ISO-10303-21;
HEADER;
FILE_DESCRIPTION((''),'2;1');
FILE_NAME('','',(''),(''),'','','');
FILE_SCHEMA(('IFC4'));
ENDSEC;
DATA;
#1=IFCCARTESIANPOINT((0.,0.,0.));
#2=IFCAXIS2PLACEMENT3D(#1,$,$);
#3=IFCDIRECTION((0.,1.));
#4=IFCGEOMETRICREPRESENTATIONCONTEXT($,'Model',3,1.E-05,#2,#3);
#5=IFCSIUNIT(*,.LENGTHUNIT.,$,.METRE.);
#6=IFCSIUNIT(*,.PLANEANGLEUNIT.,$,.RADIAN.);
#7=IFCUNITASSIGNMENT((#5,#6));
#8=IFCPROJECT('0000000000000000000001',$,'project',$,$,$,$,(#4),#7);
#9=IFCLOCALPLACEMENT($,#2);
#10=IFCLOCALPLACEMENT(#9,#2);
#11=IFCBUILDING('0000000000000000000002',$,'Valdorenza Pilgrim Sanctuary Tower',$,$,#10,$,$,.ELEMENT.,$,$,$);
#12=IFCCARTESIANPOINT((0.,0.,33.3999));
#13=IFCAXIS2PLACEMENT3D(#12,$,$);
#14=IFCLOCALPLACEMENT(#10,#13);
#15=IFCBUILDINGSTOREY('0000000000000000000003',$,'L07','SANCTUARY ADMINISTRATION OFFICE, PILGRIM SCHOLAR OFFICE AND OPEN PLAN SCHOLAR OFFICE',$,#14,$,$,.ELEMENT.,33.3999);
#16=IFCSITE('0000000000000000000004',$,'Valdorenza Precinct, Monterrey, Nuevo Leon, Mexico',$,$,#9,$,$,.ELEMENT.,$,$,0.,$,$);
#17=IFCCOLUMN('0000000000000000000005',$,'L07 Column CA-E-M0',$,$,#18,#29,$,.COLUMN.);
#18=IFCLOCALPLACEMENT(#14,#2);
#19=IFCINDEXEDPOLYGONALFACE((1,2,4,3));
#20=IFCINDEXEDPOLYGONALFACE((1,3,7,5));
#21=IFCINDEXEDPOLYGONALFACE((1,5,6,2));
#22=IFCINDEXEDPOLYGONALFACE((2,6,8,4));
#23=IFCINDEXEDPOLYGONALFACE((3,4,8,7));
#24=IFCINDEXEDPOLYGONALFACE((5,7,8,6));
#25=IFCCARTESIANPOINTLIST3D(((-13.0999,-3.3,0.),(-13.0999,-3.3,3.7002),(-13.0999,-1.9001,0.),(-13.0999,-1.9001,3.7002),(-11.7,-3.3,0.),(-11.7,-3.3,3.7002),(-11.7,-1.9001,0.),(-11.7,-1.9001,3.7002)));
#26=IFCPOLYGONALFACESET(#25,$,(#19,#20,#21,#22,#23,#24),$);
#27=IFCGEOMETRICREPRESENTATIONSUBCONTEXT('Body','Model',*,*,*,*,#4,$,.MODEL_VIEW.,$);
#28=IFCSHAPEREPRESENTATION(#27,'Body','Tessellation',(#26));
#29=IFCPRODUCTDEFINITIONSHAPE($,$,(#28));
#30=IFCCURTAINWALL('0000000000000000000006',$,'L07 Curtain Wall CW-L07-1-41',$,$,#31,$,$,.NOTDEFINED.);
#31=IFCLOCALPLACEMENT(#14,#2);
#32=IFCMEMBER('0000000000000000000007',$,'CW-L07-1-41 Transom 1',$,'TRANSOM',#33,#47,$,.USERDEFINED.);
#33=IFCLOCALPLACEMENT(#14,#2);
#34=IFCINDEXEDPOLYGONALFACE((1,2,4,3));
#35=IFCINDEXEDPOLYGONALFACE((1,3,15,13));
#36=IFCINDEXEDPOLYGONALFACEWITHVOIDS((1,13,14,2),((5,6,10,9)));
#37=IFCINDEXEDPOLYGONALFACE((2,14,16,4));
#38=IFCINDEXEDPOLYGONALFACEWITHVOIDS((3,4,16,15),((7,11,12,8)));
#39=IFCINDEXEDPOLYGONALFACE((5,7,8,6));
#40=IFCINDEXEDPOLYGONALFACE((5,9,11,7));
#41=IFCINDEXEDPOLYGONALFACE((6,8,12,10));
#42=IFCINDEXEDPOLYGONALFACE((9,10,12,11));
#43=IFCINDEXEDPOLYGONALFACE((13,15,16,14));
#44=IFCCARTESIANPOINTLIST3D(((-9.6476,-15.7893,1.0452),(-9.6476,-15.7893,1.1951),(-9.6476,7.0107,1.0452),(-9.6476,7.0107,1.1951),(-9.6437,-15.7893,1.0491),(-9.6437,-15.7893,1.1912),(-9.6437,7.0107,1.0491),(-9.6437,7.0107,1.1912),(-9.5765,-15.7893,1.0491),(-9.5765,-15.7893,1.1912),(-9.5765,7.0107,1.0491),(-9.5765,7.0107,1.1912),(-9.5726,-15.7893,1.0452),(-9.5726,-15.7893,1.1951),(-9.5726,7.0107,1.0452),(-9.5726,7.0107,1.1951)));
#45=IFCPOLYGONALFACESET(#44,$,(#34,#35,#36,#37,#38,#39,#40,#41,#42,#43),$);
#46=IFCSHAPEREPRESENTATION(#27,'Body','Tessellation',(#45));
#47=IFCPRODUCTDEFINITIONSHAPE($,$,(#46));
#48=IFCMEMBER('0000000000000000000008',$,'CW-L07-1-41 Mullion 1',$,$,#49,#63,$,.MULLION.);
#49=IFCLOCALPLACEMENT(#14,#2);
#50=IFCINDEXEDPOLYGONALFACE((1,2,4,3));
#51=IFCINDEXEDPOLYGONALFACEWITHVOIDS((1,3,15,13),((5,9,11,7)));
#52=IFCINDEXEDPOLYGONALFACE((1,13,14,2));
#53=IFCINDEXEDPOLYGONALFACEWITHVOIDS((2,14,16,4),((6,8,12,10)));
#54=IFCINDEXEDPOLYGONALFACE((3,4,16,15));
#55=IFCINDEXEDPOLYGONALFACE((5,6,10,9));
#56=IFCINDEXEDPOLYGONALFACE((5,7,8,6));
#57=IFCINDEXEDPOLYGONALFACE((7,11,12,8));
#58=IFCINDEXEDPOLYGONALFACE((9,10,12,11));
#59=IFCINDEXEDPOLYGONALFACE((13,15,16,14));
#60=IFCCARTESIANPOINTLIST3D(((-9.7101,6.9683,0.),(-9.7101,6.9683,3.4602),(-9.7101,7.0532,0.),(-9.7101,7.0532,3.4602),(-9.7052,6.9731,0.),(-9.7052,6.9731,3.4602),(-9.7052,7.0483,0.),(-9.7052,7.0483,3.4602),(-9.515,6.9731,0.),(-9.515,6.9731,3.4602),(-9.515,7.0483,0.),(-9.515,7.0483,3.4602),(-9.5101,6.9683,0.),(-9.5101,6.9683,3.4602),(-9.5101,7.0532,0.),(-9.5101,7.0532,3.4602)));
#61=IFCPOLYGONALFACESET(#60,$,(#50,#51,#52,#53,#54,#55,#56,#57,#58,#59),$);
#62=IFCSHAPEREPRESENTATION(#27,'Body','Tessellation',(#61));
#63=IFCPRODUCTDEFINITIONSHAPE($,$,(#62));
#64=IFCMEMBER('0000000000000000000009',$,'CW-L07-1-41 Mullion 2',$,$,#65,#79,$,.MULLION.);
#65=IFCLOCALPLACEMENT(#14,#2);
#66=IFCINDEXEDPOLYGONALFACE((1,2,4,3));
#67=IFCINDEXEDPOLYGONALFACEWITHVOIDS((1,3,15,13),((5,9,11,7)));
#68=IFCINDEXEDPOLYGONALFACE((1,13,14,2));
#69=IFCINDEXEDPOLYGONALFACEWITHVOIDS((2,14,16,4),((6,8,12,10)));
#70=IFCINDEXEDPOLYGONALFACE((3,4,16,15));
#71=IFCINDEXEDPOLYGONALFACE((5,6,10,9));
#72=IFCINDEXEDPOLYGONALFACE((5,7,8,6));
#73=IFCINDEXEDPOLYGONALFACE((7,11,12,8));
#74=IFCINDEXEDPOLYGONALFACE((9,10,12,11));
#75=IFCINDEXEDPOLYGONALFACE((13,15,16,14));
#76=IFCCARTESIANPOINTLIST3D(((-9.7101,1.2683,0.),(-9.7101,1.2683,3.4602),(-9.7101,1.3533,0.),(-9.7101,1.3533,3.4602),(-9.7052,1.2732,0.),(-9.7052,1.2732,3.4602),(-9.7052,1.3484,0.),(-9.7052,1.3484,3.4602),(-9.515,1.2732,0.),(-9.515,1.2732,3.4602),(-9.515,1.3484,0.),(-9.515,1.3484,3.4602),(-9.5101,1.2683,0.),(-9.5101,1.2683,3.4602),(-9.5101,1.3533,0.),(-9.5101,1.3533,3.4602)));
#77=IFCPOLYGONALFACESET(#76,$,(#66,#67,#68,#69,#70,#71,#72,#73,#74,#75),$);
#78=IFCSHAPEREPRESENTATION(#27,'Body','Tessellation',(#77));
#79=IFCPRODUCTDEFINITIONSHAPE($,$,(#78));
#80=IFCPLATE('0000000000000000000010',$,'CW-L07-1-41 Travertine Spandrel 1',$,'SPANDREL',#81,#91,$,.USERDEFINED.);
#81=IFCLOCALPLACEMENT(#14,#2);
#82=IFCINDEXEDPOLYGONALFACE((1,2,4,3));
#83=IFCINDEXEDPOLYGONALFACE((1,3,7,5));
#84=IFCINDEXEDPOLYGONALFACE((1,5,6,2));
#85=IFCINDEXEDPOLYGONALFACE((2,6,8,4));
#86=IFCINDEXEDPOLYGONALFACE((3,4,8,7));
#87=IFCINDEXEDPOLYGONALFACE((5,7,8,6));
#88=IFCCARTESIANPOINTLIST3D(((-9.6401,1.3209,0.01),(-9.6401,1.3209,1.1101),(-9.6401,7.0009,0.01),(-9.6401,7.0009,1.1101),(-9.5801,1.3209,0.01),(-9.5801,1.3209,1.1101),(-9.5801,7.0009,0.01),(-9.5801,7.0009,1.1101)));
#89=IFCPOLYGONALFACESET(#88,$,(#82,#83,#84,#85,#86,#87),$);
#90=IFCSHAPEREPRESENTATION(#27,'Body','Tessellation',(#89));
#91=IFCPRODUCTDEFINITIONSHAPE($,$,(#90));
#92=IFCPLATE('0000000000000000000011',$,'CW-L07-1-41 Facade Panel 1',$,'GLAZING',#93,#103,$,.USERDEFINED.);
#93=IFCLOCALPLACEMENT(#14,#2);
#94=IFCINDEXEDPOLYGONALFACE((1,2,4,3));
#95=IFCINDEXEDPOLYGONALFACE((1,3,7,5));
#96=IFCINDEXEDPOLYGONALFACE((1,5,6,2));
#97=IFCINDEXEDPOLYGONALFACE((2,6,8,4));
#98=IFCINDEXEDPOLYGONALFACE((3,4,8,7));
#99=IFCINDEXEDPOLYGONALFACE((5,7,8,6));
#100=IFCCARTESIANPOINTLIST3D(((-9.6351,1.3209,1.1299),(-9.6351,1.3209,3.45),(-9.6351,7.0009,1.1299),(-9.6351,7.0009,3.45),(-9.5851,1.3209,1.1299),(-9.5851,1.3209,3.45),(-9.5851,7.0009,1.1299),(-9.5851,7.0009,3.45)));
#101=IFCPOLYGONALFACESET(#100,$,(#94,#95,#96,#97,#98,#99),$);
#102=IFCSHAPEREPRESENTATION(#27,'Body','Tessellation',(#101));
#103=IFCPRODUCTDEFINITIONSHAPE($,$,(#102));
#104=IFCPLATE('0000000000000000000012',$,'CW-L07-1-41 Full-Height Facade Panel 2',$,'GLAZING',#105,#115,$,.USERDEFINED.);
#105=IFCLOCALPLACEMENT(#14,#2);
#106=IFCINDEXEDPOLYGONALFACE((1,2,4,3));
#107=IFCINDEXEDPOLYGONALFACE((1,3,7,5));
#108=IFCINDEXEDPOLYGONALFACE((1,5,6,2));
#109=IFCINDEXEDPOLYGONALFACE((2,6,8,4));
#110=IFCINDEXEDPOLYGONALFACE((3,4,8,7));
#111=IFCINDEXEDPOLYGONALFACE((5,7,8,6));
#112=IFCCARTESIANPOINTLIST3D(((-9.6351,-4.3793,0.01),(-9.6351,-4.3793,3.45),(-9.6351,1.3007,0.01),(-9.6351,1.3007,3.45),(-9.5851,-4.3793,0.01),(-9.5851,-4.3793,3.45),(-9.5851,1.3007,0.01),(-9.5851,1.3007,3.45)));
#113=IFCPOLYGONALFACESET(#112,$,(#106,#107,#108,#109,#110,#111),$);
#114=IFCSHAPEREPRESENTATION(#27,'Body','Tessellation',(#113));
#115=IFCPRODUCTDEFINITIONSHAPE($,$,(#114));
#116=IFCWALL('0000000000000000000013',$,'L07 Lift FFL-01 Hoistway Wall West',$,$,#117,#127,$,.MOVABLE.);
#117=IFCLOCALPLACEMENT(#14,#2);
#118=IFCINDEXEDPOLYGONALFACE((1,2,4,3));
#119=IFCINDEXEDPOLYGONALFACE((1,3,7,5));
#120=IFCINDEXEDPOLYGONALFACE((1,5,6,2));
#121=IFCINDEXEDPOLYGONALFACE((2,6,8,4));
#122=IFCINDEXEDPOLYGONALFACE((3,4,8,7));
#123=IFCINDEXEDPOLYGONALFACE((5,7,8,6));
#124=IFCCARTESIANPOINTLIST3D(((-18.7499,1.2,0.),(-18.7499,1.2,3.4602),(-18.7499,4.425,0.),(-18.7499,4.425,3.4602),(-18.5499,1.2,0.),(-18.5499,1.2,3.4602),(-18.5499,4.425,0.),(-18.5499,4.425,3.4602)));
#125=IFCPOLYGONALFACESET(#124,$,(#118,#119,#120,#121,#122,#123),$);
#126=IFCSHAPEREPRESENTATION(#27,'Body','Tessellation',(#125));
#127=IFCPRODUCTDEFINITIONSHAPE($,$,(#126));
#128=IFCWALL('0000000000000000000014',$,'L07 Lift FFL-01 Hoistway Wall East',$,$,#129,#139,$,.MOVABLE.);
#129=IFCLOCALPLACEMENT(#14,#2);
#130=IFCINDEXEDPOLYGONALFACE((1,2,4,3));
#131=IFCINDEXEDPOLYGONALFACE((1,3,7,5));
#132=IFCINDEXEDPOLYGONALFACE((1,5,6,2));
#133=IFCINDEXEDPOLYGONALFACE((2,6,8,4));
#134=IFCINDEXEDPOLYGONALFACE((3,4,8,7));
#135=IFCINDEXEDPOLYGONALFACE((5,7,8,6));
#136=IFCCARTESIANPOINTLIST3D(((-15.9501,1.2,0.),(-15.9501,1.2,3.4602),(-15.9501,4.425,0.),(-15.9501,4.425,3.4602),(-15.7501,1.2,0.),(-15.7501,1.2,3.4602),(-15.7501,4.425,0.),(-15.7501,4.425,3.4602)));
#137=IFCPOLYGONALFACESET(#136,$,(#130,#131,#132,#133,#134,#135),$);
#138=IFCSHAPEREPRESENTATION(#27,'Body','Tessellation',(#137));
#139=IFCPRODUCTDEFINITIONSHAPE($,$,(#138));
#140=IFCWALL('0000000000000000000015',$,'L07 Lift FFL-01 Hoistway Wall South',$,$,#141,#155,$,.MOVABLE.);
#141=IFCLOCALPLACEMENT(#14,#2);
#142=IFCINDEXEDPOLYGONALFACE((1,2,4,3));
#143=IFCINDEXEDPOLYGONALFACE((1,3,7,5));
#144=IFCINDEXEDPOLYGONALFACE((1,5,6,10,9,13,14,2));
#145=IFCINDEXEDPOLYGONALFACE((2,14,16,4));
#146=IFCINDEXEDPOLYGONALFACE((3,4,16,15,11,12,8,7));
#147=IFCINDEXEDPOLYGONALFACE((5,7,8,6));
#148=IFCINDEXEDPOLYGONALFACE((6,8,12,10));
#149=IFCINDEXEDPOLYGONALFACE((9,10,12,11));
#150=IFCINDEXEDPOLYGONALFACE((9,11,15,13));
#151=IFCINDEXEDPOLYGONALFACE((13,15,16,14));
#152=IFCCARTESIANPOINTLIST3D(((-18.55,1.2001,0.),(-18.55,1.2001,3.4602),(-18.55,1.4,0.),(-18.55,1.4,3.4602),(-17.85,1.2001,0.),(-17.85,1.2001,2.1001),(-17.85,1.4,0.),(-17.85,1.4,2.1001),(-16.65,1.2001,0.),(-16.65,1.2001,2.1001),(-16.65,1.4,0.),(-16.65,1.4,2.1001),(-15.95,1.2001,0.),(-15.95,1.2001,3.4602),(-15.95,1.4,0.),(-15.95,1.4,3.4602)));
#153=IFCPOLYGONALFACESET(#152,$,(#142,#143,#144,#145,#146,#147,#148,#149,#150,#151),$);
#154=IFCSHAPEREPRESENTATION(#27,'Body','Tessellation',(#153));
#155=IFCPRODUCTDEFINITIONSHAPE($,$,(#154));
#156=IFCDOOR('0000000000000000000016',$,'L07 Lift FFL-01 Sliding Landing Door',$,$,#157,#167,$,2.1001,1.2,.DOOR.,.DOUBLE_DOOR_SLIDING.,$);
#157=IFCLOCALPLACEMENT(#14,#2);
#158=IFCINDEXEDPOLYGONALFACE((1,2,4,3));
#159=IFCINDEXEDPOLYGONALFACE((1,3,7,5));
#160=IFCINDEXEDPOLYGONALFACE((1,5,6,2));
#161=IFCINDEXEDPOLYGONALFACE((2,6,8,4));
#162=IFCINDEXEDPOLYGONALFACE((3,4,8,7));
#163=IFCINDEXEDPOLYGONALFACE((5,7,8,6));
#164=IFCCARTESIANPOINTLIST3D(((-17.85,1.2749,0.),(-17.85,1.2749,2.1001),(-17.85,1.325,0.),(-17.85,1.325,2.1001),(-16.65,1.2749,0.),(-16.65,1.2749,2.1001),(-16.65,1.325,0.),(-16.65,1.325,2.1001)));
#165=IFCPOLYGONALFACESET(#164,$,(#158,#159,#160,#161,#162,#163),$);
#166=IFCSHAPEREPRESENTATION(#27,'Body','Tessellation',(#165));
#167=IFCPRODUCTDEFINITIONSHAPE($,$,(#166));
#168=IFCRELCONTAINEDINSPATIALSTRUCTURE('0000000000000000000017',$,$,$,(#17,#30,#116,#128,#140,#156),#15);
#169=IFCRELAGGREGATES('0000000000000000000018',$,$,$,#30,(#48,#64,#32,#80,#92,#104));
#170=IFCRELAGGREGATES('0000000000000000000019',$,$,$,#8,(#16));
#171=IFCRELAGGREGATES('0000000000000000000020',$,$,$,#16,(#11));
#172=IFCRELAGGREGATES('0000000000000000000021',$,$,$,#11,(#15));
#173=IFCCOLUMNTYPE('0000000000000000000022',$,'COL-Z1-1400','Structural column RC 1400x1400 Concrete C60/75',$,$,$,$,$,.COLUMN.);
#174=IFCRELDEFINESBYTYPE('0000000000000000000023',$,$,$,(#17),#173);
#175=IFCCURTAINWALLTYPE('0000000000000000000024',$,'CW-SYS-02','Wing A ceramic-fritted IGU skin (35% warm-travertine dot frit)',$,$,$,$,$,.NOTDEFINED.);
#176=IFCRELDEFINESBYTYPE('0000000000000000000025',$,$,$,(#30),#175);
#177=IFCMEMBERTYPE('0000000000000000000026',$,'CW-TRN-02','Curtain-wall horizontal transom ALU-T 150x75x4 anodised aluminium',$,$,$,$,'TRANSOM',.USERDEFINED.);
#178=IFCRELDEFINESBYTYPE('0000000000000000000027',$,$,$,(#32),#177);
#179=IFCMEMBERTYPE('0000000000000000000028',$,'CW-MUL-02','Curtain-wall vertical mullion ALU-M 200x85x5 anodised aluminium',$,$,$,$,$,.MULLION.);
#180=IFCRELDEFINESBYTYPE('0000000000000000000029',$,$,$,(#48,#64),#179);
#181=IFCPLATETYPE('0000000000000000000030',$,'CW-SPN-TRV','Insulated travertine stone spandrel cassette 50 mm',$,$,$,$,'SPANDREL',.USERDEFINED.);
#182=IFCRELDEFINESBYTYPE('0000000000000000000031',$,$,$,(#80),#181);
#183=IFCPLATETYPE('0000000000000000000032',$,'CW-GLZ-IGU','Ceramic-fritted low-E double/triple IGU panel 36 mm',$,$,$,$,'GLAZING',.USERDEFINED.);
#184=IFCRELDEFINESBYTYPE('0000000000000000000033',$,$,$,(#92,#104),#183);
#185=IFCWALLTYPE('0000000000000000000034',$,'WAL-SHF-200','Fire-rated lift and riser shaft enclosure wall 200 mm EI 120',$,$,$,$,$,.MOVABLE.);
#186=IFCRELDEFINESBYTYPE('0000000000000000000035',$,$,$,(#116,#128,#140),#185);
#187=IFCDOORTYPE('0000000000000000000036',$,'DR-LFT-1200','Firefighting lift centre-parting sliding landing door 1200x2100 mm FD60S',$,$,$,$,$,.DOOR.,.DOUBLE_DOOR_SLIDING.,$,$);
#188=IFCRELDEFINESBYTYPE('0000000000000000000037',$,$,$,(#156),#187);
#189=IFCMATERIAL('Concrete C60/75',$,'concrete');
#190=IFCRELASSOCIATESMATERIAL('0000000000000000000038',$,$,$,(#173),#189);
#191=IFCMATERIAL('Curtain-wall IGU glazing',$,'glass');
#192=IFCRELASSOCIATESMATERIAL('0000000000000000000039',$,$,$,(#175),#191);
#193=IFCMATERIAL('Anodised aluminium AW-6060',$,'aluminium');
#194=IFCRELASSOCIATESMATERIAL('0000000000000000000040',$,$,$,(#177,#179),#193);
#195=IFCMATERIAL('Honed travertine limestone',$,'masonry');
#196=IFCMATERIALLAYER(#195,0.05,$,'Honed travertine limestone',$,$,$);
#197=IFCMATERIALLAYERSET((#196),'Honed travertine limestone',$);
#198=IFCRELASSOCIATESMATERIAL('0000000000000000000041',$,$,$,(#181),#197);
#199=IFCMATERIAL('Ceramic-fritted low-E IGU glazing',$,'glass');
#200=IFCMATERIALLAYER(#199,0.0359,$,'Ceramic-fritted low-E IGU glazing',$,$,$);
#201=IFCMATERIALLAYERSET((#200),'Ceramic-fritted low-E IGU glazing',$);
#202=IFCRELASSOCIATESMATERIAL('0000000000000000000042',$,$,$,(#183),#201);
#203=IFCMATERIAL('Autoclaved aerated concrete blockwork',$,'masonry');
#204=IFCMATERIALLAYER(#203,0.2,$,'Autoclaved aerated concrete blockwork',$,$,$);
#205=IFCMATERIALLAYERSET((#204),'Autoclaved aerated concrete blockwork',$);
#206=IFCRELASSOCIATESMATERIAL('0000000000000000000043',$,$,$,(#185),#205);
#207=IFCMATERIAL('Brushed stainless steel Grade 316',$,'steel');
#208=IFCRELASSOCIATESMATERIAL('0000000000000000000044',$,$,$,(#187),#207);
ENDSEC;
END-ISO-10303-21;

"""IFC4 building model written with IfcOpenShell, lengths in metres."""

from ifc_helpers import new_model, si_unit, direction, frame, frame_2d, origin, origin_2d, place, context, subcontext, project, spatial, rectangle, hollow_rectangle, extrude, source, transform, mapped, material, layer, layer_set, material_profile, profile_set, type_object, element, fill, aggregate, save


model = new_model("IFC4")

# Units and contexts
model_context = context("Model", 3, precision=1e-05, world=origin(), true_north=direction((0.0, 1.0)))
body_context = subcontext(model_context, "Body", "Model", "MODEL_VIEW")
ifc_project = project(units=[si_unit("LENGTHUNIT", "METRE"), si_unit("PLANEANGLEUNIT", "RADIAN")], contexts=[model_context])

# Site, building, storey
site_placement = place(None, origin())
site = spatial("IfcSite", under=ifc_project, at=site_placement, Name="Valdorenza Precinct, Monterrey, Nuevo Leon, Mexico", CompositionType="ELEMENT", RefElevation=0.0)
building_placement = place(site_placement, origin())
building = spatial("IfcBuilding", under=site, at=building_placement, Name="Valdorenza Pilgrim Sanctuary Tower", CompositionType="ELEMENT")
storey_placement = place(building_placement, frame((0.0, 0.0, 33.3999)))
storey = spatial("IfcBuildingStorey", under=building, at=storey_placement, Name="L07", Description="SANCTUARY ADMINISTRATION OFFICE, PILGRIM SCHOLAR OFFICE AND OPEN PLAN SCHOLAR OFFICE", CompositionType="ELEMENT", Elevation=33.3999)

# Column
ifc_material_1 = material(Name="Concrete C60/75", Category="concrete")
ifc_material_profile_1 = material_profile(ifc_material_1, rectangle(XDim=1.3999, YDim=1.3999, at=origin_2d()), Name="RC 1400x1400")
ifc_profile_set_1 = profile_set([ifc_material_profile_1], Name="Concrete C60/75")
column_type = type_object("IfcColumnType", Name="COL-Z1-1400", Description="Structural column RC 1400x1400 Concrete C60/75", PredefinedType="COLUMN", material=ifc_profile_set_1)
shared_shape_1 = source(origin(), body_context, "Body", "SweptSolid", [
    extrude(rectangle(XDim=1.3999, YDim=1.3999, at=origin_2d()), origin(), (0.0, 0.0, 1.0), 3.7002),
])
column_placement = place(storey_placement, frame((-12.3999, -2.6001, 0.0), z_axis=(0.0, 0.0, 1.0), x_axis=(1.0, 0.0, 0.0)))
element("IfcColumn", 1, at=column_placement, inside=storey, type_object=column_type, Name="L07 Column CA-E-M0", PredefinedType="COLUMN", context=body_context, shape_type="MappedRepresentation", body=[
    mapped(shared_shape_1, transform((0.0, 0.0, 0.0), x_axis=(1.0, 0.0, 0.0), y_axis=(0.0, 1.0, 0.0), z_axis=(0.0, 0.0, 1.0), scale=1.0)),
])

# Curtain wall, members, plates
ifc_material_2 = material(Name="Curtain-wall IGU glazing", Category="glass")
curtain_wall_type = type_object("IfcCurtainWallType", Name="CW-SYS-02", Description="Wing A ceramic-fritted IGU skin (35% warm-travertine dot frit)", PredefinedType="NOTDEFINED", material=ifc_material_2)
curtain_wall_placement = place(storey_placement, origin())
curtain_wall = element("IfcCurtainWall", 2, at=curtain_wall_placement, inside=storey, type_object=curtain_wall_type, Name="L07 Curtain Wall CW-L07-1-41", PredefinedType="NOTDEFINED")
ifc_material_3 = material(Name="Anodised aluminium AW-6060", Category="aluminium")
ifc_material_profile_2 = material_profile(ifc_material_3, hollow_rectangle(XDim=0.075, YDim=0.1499, WallThickness=0.0039, at=origin_2d()), Name="ALU-T 150x75x4")
ifc_profile_set_2 = profile_set([ifc_material_profile_2], Name="Anodised aluminium AW-6060")
member_type_1 = type_object("IfcMemberType", Name="CW-TRN-02", Description="Curtain-wall horizontal transom ALU-T 150x75x4 anodised aluminium", ElementType="TRANSOM", PredefinedType="USERDEFINED", material=ifc_profile_set_2)
shared_shape_2 = source(origin(), body_context, "Body", "SweptSolid", [
    extrude(hollow_rectangle(XDim=0.075, YDim=0.1499, WallThickness=0.0039, at=origin_2d()), origin(), (0.0, 0.0, 1.0), 22.8),
])
member_1_placement = place(storey_placement, frame((-9.6101, 7.0107, 1.1201), z_axis=(0.0, -1.0, 0.0), x_axis=(1.0, 0.0, 0.0)))
member_1 = element("IfcMember", 3, at=member_1_placement, type_object=member_type_1, Name="CW-L07-1-41 Transom 1", ObjectType="TRANSOM", PredefinedType="USERDEFINED", context=body_context, shape_type="MappedRepresentation", body=[
    mapped(shared_shape_2, transform((0.0, 0.0, 0.0), x_axis=(1.0, 0.0, 0.0), y_axis=(0.0, 1.0, 0.0), z_axis=(0.0, 0.0, 1.0), scale=1.0)),
])
ifc_material_profile_3 = material_profile(ifc_material_3, hollow_rectangle(XDim=0.085, YDim=0.2, WallThickness=0.0049, at=origin_2d()), Name="ALU-M 200x85x5")
ifc_profile_set_3 = profile_set([ifc_material_profile_3], Name="Anodised aluminium AW-6060")
member_type_2 = type_object("IfcMemberType", Name="CW-MUL-02", Description="Curtain-wall vertical mullion ALU-M 200x85x5 anodised aluminium", PredefinedType="MULLION", material=ifc_profile_set_3)
shared_shape_3 = source(origin(), body_context, "Body", "SweptSolid", [
    extrude(hollow_rectangle(XDim=0.085, YDim=0.2, WallThickness=0.0049, at=origin_2d()), origin(), (0.0, 0.0, 1.0), 3.4602),
])
member_2_placement = place(storey_placement, frame((-9.6101, 7.0107, 0.0), z_axis=(0.0, 0.0, 1.0), x_axis=(0.0, -1.0, 0.0)))
member_2 = element("IfcMember", 4, at=member_2_placement, type_object=member_type_2, Name="CW-L07-1-41 Mullion 1", PredefinedType="MULLION", context=body_context, shape_type="MappedRepresentation", body=[
    mapped(shared_shape_3, transform((0.0, 0.0, 0.0), x_axis=(1.0, 0.0, 0.0), y_axis=(0.0, 1.0, 0.0), z_axis=(0.0, 0.0, 1.0), scale=1.0)),
])
member_3_placement = place(storey_placement, frame((-9.6101, 1.3108, 0.0), z_axis=(0.0, 0.0, 1.0), x_axis=(0.0, -1.0, 0.0)))
member_3 = element("IfcMember", 5, at=member_3_placement, type_object=member_type_2, Name="CW-L07-1-41 Mullion 2", PredefinedType="MULLION", context=body_context, shape_type="MappedRepresentation", body=[
    mapped(shared_shape_3, transform((0.0, 0.0, 0.0), x_axis=(1.0, 0.0, 0.0), y_axis=(0.0, 1.0, 0.0), z_axis=(0.0, 0.0, 1.0), scale=1.0)),
])
ifc_material_4 = material(Name="Honed travertine limestone", Category="masonry")
ifc_layer_1 = layer(ifc_material_4, 0.05, Name="Honed travertine limestone")
ifc_layer_set_1 = layer_set([ifc_layer_1], Name="Honed travertine limestone")
plate_type_1 = type_object("IfcPlateType", Name="CW-SPN-TRV", Description="Insulated travertine stone spandrel cassette 50 mm", ElementType="SPANDREL", PredefinedType="USERDEFINED", material=ifc_layer_set_1)
shared_shape_4 = source(origin(), body_context, "Body", "SweptSolid", [
    extrude(rectangle(XDim=5.6799, YDim=0.0601, at=origin_2d()), origin(), (0.0, 0.0, 1.0), 1.1001),
])
plate_1_placement = place(storey_placement, frame((-9.6101, 4.1609, 0.01), z_axis=(0.0, 0.0, 1.0), x_axis=(0.0, -1.0, 0.0)))
plate_1 = element("IfcPlate", 6, at=plate_1_placement, type_object=plate_type_1, Name="CW-L07-1-41 Travertine Spandrel 1", ObjectType="SPANDREL", PredefinedType="USERDEFINED", context=body_context, shape_type="MappedRepresentation", body=[
    mapped(shared_shape_4, transform((0.0, 0.0, 0.0), x_axis=(1.0, 0.0, 0.0), y_axis=(0.0, 1.0, 0.0), z_axis=(0.0, 0.0, 1.0), scale=1.0)),
])
ifc_material_5 = material(Name="Ceramic-fritted low-E IGU glazing", Category="glass")
ifc_layer_2 = layer(ifc_material_5, 0.0359, Name="Ceramic-fritted low-E IGU glazing")
ifc_layer_set_2 = layer_set([ifc_layer_2], Name="Ceramic-fritted low-E IGU glazing")
plate_type_2 = type_object("IfcPlateType", Name="CW-GLZ-IGU", Description="Ceramic-fritted low-E double/triple IGU panel 36 mm", ElementType="GLAZING", PredefinedType="USERDEFINED", material=ifc_layer_set_2)
shared_shape_5 = source(origin(), body_context, "Body", "SweptSolid", [
    extrude(rectangle(XDim=5.6799, YDim=0.05, at=origin_2d()), origin(), (0.0, 0.0, 1.0), 2.3201),
])
plate_2_placement = place(storey_placement, frame((-9.6101, 4.1609, 1.1299), z_axis=(0.0, 0.0, 1.0), x_axis=(0.0, -1.0, 0.0)))
plate_2 = element("IfcPlate", 7, at=plate_2_placement, type_object=plate_type_2, Name="CW-L07-1-41 Facade Panel 1", ObjectType="GLAZING", PredefinedType="USERDEFINED", context=body_context, shape_type="MappedRepresentation", body=[
    mapped(shared_shape_5, transform((0.0, 0.0, 0.0), x_axis=(1.0, 0.0, 0.0), y_axis=(0.0, 1.0, 0.0), z_axis=(0.0, 0.0, 1.0), scale=1.0)),
])
shared_shape_6 = source(origin(), body_context, "Body", "SweptSolid", [
    extrude(rectangle(XDim=5.6799, YDim=0.05, at=origin_2d()), origin(), (0.0, 0.0, 1.0), 3.4399),
])
plate_3_placement = place(storey_placement, frame((-9.6101, -1.5393, 0.01), z_axis=(0.0, 0.0, 1.0), x_axis=(0.0, -1.0, 0.0)))
plate_3 = element("IfcPlate", 8, at=plate_3_placement, type_object=plate_type_2, Name="CW-L07-1-41 Full-Height Facade Panel 2", ObjectType="GLAZING", PredefinedType="USERDEFINED", context=body_context, shape_type="MappedRepresentation", body=[
    mapped(shared_shape_6, transform((0.0, 0.0, 0.0), x_axis=(1.0, 0.0, 0.0), y_axis=(0.0, 1.0, 0.0), z_axis=(0.0, 0.0, 1.0), scale=1.0)),
])
aggregate(curtain_wall, [member_2, member_3, member_1, plate_1, plate_2, plate_3])

# Walls
ifc_material_6 = material(Name="Autoclaved aerated concrete blockwork", Category="masonry")
ifc_layer_3 = layer(ifc_material_6, 0.2, Name="Autoclaved aerated concrete blockwork")
ifc_layer_set_3 = layer_set([ifc_layer_3], Name="Autoclaved aerated concrete blockwork")
wall_type_1 = type_object("IfcWallType", Name="WAL-SHF-200", Description="Fire-rated lift and riser shaft enclosure wall 200 mm EI 120", PredefinedType="MOVABLE", material=ifc_layer_set_3)
for number, where, z_axis, x_axis, name in (
    (9, (-18.6499, 1.2, 0.0), (0.0, 0.0, 1.0), (0.0, 1.0, 0.0), "L07 Lift FFL-01 Hoistway Wall West"),
    (10, (-15.8501, 1.2, 0.0), (0.0, 0.0, 1.0), (0.0, 1.0, 0.0), "L07 Lift FFL-01 Hoistway Wall East"),
):
    element("IfcWall", number, at=place(storey_placement, frame(where, z_axis=z_axis, x_axis=x_axis)), inside=storey, type_object=wall_type_1, Name=name, PredefinedType="MOVABLE", context=body_context, shape_type="SweptSolid", body=[
        extrude(rectangle(XDim=3.2251, YDim=0.2, at=frame_2d((1.6125, 0.0))), origin(), (0.0, 0.0, 1.0), 3.4602),
    ])

# Wall, opening, door
wall_1_placement = place(storey_placement, frame((-18.55, 1.3, 0.0), z_axis=(0.0, 0.0, 1.0), x_axis=(1.0, 0.0, 0.0)))
wall_1 = element("IfcWall", 11, at=wall_1_placement, inside=storey, type_object=wall_type_1, Name="L07 Lift FFL-01 Hoistway Wall South", PredefinedType="MOVABLE", context=body_context, shape_type="SweptSolid", body=[
    extrude(rectangle(XDim=2.6001, YDim=0.2, at=frame_2d((1.3, 0.0))), origin(), (0.0, 0.0, 1.0), 3.4602),
])
opening_1_placement = place(wall_1_placement, frame((0.7, 0.0, 0.0)))
opening_1 = element("IfcOpeningElement", 12, at=opening_1_placement, cuts=wall_1, PredefinedType="OPENING", context=body_context, shape_type="SweptSolid", body=[
    extrude(rectangle(XDim=1.2, YDim=2.1001, at=frame_2d((0.6001, 1.05))), frame((0.0, 0.1147, 0.0), z_axis=(0.0, -1.0, 0.0), x_axis=(1.0, 0.0, 0.0)), (0.0, 0.0, 1.0), 0.2297),
])
ifc_material_7 = material(Name="Brushed stainless steel Grade 316", Category="steel")
door_type_1 = type_object("IfcDoorType", Name="DR-LFT-1200", Description="Firefighting lift centre-parting sliding landing door 1200x2100 mm FD60S", OperationType="DOUBLE_DOOR_SLIDING", PredefinedType="DOOR", material=ifc_material_7)
door_1_placement = place(opening_1_placement, origin())
door_1 = element("IfcDoor", 13, at=door_1_placement, inside=storey, type_object=door_type_1, Name="L07 Lift FFL-01 Sliding Landing Door", OperationType="DOUBLE_DOOR_SLIDING", OverallHeight=2.1001, OverallWidth=1.2, PredefinedType="DOOR", context=body_context, shape_type="SweptSolid", body=[
    extrude(rectangle(XDim=1.2, YDim=2.1001, at=frame_2d((0.6001, 1.05))), frame((0.0, 0.0249, 0.0), z_axis=(0.0, -1.0, 0.0), x_axis=(1.0, 0.0, 0.0)), (0.0, 0.0, 1.0), 0.05),
])
fill(opening_1, door_1)

save(model, "model.ifc")
